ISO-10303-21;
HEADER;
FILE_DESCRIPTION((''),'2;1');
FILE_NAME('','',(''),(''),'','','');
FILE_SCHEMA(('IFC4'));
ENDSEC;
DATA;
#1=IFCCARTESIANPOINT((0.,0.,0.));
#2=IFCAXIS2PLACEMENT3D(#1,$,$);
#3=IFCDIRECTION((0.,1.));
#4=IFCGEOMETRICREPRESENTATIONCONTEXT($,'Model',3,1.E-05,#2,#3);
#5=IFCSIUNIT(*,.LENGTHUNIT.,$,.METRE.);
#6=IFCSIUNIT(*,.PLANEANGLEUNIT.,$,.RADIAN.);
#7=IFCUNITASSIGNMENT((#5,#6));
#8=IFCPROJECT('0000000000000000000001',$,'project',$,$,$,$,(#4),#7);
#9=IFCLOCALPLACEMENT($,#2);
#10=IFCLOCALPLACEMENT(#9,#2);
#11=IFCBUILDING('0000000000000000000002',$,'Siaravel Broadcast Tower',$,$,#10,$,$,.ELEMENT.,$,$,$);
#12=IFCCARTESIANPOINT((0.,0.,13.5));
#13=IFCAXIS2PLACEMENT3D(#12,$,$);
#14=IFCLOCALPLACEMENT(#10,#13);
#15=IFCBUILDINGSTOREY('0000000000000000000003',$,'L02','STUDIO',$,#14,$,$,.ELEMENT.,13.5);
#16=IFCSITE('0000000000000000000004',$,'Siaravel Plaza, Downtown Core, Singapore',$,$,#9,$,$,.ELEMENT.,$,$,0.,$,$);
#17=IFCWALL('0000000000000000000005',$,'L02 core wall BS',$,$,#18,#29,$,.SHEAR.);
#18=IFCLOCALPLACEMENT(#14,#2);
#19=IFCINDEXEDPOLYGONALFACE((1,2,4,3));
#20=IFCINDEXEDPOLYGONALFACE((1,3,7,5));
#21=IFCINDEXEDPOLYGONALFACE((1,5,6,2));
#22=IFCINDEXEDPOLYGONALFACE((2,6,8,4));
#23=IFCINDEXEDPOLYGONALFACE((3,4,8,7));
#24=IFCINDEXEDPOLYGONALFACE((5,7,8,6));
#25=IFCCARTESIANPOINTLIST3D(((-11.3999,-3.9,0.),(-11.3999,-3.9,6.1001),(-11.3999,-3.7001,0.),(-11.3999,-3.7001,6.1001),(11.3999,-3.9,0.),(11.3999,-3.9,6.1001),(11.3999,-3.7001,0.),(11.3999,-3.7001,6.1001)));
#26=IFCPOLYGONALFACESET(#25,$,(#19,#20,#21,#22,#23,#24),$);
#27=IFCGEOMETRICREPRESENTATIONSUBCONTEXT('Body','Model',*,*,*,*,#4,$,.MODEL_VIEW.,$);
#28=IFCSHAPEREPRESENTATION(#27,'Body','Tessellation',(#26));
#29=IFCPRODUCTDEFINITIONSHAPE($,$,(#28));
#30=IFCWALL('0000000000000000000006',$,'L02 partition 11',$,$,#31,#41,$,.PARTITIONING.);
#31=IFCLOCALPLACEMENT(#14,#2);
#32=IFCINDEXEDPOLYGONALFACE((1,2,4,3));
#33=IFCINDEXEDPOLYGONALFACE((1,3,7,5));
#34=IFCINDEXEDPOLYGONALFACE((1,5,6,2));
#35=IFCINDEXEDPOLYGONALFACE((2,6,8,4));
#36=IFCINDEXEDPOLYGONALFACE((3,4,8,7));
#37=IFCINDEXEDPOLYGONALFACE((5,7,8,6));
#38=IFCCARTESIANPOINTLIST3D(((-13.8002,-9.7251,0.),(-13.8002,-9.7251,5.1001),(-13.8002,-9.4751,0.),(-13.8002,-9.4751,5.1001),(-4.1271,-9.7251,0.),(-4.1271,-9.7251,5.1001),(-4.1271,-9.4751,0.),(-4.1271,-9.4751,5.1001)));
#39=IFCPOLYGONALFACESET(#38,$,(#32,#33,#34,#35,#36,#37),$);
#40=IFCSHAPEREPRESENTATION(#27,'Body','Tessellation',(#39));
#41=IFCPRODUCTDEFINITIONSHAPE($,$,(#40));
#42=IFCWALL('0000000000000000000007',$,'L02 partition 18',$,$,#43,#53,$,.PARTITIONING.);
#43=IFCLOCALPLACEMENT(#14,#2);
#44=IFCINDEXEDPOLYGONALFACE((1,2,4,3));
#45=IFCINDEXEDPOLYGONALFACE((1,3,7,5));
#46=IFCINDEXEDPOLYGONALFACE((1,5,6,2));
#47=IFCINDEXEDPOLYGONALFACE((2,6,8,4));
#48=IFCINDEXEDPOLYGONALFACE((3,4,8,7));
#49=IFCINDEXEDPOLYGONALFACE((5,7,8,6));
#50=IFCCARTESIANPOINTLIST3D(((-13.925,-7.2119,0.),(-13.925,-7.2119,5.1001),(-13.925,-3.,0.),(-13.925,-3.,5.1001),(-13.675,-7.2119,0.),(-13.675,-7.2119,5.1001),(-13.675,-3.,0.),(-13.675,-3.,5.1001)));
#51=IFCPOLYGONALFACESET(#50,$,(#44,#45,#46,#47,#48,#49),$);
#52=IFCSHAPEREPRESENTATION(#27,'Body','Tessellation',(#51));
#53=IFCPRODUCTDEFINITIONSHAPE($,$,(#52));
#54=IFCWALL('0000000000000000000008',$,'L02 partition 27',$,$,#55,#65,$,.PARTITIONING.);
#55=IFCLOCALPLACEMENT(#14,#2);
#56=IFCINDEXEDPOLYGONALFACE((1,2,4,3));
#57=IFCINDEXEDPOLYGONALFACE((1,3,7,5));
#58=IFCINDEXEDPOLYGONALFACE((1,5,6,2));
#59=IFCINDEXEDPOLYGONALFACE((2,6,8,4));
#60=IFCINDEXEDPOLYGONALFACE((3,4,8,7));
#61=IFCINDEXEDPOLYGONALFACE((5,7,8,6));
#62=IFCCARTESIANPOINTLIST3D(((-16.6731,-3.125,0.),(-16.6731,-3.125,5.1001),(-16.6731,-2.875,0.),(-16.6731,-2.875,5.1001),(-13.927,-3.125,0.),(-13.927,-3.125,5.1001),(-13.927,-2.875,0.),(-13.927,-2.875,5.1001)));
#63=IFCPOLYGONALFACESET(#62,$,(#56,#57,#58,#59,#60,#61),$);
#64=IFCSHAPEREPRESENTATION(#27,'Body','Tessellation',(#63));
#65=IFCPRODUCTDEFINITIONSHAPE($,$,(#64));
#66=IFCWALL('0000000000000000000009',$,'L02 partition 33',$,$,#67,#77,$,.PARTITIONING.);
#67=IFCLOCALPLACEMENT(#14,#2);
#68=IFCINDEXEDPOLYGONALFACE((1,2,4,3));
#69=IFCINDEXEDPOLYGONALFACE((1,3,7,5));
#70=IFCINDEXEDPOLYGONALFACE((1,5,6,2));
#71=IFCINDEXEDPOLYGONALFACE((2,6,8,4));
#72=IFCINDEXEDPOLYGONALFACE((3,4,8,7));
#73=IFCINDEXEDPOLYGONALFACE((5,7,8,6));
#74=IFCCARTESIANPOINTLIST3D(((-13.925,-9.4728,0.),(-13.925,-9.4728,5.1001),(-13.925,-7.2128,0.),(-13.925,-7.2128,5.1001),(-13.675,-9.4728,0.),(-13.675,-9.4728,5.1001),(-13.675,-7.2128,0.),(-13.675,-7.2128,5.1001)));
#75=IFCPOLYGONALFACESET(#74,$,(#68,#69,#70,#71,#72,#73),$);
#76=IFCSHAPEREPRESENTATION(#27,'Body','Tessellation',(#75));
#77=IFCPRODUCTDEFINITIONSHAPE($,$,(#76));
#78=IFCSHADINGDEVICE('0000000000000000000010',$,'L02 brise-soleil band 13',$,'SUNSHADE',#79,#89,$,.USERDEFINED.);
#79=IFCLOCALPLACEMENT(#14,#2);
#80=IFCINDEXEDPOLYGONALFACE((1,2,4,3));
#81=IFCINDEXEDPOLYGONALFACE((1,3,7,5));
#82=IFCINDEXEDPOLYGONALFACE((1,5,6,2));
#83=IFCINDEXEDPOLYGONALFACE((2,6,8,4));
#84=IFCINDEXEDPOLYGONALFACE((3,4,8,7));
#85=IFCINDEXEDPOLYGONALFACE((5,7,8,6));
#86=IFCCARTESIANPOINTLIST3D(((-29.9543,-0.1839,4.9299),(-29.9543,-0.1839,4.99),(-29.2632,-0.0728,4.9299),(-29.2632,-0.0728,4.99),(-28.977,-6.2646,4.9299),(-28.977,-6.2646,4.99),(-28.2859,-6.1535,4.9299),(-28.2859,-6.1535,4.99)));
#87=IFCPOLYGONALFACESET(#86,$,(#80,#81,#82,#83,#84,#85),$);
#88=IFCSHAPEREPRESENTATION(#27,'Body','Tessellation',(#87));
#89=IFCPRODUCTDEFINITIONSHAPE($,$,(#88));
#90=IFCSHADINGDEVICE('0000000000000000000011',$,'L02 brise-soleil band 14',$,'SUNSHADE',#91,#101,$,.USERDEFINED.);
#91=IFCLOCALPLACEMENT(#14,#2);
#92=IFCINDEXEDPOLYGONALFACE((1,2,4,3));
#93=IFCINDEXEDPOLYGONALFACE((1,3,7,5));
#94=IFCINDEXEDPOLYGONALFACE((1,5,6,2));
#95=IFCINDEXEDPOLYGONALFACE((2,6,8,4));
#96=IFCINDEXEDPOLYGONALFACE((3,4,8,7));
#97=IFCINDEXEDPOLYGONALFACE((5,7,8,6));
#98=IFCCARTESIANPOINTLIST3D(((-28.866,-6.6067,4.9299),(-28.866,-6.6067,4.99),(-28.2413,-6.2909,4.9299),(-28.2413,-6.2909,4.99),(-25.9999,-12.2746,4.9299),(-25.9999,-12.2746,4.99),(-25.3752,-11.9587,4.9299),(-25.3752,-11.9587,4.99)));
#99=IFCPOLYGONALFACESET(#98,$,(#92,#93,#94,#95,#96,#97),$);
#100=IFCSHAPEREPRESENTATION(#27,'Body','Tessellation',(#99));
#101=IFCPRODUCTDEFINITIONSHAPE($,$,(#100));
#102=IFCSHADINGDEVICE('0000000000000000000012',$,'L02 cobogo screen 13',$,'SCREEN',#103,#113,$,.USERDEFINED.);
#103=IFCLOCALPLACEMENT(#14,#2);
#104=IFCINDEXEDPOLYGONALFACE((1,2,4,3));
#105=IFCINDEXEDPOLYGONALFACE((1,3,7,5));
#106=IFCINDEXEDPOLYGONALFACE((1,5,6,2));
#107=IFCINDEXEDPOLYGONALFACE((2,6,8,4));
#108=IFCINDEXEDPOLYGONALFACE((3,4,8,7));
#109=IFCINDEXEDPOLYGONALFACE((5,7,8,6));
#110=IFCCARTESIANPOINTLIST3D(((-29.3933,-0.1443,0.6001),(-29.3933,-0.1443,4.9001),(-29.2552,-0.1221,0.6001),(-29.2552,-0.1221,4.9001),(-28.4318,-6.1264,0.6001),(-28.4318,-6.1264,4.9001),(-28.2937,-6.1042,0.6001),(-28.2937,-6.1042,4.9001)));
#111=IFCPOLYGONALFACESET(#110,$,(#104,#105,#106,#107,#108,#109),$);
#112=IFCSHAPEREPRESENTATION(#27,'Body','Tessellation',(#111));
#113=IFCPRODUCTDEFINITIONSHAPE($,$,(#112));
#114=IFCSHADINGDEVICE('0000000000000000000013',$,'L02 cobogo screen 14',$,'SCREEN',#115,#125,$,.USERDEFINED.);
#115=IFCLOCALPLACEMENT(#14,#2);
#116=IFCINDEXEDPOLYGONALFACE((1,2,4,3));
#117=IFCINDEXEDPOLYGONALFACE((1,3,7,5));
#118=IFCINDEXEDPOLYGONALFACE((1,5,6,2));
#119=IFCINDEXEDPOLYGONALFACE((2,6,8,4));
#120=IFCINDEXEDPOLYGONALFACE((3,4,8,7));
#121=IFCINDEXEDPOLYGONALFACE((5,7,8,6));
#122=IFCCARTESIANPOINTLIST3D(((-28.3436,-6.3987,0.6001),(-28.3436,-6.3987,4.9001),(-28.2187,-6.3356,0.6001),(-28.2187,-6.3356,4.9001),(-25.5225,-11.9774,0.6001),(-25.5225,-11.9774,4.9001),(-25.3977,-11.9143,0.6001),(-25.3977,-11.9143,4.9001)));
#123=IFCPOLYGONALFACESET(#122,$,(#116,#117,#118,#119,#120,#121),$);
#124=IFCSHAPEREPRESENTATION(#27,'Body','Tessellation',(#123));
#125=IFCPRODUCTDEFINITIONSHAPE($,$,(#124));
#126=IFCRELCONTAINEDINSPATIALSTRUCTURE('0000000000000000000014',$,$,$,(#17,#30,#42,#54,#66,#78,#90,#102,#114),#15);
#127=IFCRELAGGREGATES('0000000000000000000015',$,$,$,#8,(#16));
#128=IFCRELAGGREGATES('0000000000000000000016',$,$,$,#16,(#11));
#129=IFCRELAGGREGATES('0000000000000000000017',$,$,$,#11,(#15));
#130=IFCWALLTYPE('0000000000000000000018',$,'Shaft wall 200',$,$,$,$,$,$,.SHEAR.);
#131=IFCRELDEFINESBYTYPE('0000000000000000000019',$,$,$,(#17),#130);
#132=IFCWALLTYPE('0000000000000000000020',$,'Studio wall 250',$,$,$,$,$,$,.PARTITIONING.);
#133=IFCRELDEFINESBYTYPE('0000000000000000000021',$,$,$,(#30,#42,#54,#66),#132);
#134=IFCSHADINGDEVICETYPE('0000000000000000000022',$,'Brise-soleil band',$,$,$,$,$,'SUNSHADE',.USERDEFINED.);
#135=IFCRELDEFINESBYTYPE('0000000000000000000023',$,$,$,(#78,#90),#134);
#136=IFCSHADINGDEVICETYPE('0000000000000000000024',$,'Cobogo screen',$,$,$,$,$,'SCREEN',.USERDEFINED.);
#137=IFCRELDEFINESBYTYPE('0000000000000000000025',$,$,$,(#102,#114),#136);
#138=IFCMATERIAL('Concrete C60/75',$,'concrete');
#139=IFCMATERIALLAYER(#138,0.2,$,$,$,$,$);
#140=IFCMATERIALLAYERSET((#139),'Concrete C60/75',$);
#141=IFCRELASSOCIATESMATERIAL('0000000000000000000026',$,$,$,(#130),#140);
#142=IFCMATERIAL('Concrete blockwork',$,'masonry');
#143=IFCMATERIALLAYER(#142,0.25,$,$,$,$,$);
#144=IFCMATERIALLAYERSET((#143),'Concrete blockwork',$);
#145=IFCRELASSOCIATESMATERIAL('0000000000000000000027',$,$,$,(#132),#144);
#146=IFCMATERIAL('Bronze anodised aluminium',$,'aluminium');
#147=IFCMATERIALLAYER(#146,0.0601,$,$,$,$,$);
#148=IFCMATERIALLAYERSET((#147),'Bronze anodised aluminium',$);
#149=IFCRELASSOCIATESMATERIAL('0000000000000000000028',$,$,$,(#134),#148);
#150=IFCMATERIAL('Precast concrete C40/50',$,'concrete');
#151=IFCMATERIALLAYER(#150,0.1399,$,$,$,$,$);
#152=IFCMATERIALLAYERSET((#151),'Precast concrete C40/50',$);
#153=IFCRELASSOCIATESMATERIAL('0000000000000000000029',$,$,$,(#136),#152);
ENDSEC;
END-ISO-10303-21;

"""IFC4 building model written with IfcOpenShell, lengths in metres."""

from ifc_helpers import new_model, si_unit, direction, frame, frame_2d, origin, origin_2d, place, context, subcontext, project, spatial, rectangle, extrude, material, layer, layer_set, type_object, element, save


model = new_model("IFC4")

# Units and contexts
model_context = context("Model", 3, precision=1e-05, world=origin(), true_north=direction((0.0, 1.0)))
body_context = subcontext(model_context, "Body", "Model", "MODEL_VIEW")
ifc_project = project(units=[si_unit("LENGTHUNIT", "METRE"), si_unit("PLANEANGLEUNIT", "RADIAN")], contexts=[model_context])

# Site, building, storey
site_placement = place(None, origin())
site = spatial("IfcSite", under=ifc_project, at=site_placement, Name="Siaravel Plaza, Downtown Core, Singapore", CompositionType="ELEMENT", RefElevation=0.0)
building_placement = place(site_placement, origin())
building = spatial("IfcBuilding", under=site, at=building_placement, Name="Siaravel Broadcast Tower", CompositionType="ELEMENT")
storey_placement = place(building_placement, frame((0.0, 0.0, 13.5)))
storey = spatial("IfcBuildingStorey", under=building, at=storey_placement, Name="L02", Description="STUDIO", CompositionType="ELEMENT", Elevation=13.5)

# Shared definitions
ifc_material_1 = material(Name="Concrete C60/75", Category="concrete")

# Walls
ifc_layer_1 = layer(ifc_material_1, 0.2)
ifc_layer_set_1 = layer_set([ifc_layer_1], Name="Concrete C60/75")
wall_type_1 = type_object("IfcWallType", Name="Shaft wall 200", PredefinedType="SHEAR", material=ifc_layer_set_1)
wall_1_placement = place(storey_placement, frame((-11.3999, -3.8, 0.0), z_axis=(0.0, 0.0, 1.0), x_axis=(1.0, 0.0, 0.0)))
element("IfcWall", 1, at=wall_1_placement, inside=storey, type_object=wall_type_1, Name="L02 core wall BS", PredefinedType="SHEAR", context=body_context, shape_type="SweptSolid", body=[
    extrude(rectangle(XDim=22.7998, YDim=0.2, at=frame_2d((11.3999, 0.0))), origin(), (0.0, 0.0, 1.0), 6.1001),
])
ifc_material_2 = material(Name="Concrete blockwork", Category="masonry")
ifc_layer_2 = layer(ifc_material_2, 0.25)
ifc_layer_set_2 = layer_set([ifc_layer_2], Name="Concrete blockwork")
wall_type_2 = type_object("IfcWallType", Name="Studio wall 250", PredefinedType="PARTITIONING", material=ifc_layer_set_2)
wall_2_placement = place(storey_placement, frame((-13.8, -9.6001, 0.0), z_axis=(0.0, 0.0, 1.0), x_axis=(1.0, 0.0, 0.0)))
element("IfcWall", 2, at=wall_2_placement, inside=storey, type_object=wall_type_2, Name="L02 partition 11", PredefinedType="PARTITIONING", context=body_context, shape_type="SweptSolid", body=[
    extrude(rectangle(XDim=9.6731, YDim=0.25, at=frame_2d((4.8364, 0.0))), origin(), (0.0, 0.0, 1.0), 5.1001),
])
wall_3_placement = place(storey_placement, frame((-13.8, -3.0, 0.0), z_axis=(0.0, 0.0, 1.0), x_axis=(0.0, -1.0, 0.0)))
element("IfcWall", 3, at=wall_3_placement, inside=storey, type_object=wall_type_2, Name="L02 partition 18", PredefinedType="PARTITIONING", context=body_context, shape_type="SweptSolid", body=[
    extrude(rectangle(XDim=4.2119, YDim=0.25, at=frame_2d((2.106, 0.0))), origin(), (0.0, 0.0, 1.0), 5.1001),
])
wall_4_placement = place(storey_placement, frame((-16.6731, -3.0, 0.0), z_axis=(0.0, 0.0, 1.0), x_axis=(1.0, 0.0, 0.0)))
element("IfcWall", 4, at=wall_4_placement, inside=storey, type_object=wall_type_2, Name="L02 partition 27", PredefinedType="PARTITIONING", context=body_context, shape_type="SweptSolid", body=[
    extrude(rectangle(XDim=2.7461, YDim=0.25, at=frame_2d((1.373, 0.0))), origin(), (0.0, 0.0, 1.0), 5.1001),
])
wall_5_placement = place(storey_placement, frame((-13.8, -7.2129, 0.0), z_axis=(0.0, 0.0, 1.0), x_axis=(0.0, -1.0, 0.0)))
element("IfcWall", 5, at=wall_5_placement, inside=storey, type_object=wall_type_2, Name="L02 partition 33", PredefinedType="PARTITIONING", context=body_context, shape_type="SweptSolid", body=[
    extrude(rectangle(XDim=2.26, YDim=0.25, at=frame_2d((1.1299, 0.0))), origin(), (0.0, 0.0, 1.0), 5.1001),
])

# Shading devices
ifc_material_3 = material(Name="Bronze anodised aluminium", Category="aluminium")
ifc_layer_3 = layer(ifc_material_3, 0.0601)
ifc_layer_set_3 = layer_set([ifc_layer_3], Name="Bronze anodised aluminium")
shading_device_type_1 = type_object("IfcShadingDeviceType", Name="Brise-soleil band", ElementType="SUNSHADE", PredefinedType="USERDEFINED", material=ifc_layer_set_3)
shading_device_1_placement = place(storey_placement, frame((-29.1201, -3.1687, 4.9299), z_axis=(0.0, 0.0, 1.0), x_axis=(0.158685, -0.987329, 0.0)))
element("IfcShadingDevice", 6, at=shading_device_1_placement, inside=storey, type_object=shading_device_type_1, Name="L02 brise-soleil band 13", ObjectType="SUNSHADE", PredefinedType="USERDEFINED", context=body_context, shape_type="SweptSolid", body=[
    extrude(rectangle(XDim=6.1587, YDim=0.7, at=origin_2d()), origin(), (0.0, 0.0, 1.0), 0.0601),
])
shading_device_2_placement = place(storey_placement, frame((-27.1206, -9.2827, 4.9299), z_axis=(0.0, 0.0, 1.0), x_axis=(0.451262, -0.892391, 0.0)))
element("IfcShadingDevice", 7, at=shading_device_2_placement, inside=storey, type_object=shading_device_type_1, Name="L02 brise-soleil band 14", ObjectType="SUNSHADE", PredefinedType="USERDEFINED", context=body_context, shape_type="SweptSolid", body=[
    extrude(rectangle(XDim=6.3513, YDim=0.7, at=origin_2d()), origin(), (0.0, 0.0, 1.0), 0.0601),
])
ifc_material_4 = material(Name="Precast concrete C40/50", Category="concrete")
ifc_layer_4 = layer(ifc_material_4, 0.1399)
ifc_layer_set_4 = layer_set([ifc_layer_4], Name="Precast concrete C40/50")
shading_device_type_2 = type_object("IfcShadingDeviceType", Name="Cobogo screen", ElementType="SCREEN", PredefinedType="USERDEFINED", material=ifc_layer_set_4)
shading_device_3_placement = place(storey_placement, frame((-28.8435, -3.1243, 0.6001), z_axis=(0.0, 0.0, 1.0), x_axis=(0.158685, -0.987329, 0.0)))
element("IfcShadingDevice", 8, at=shading_device_3_placement, inside=storey, type_object=shading_device_type_2, Name="L02 cobogo screen 13", ObjectType="SCREEN", PredefinedType="USERDEFINED", context=body_context, shape_type="SweptSolid", body=[
    extrude(rectangle(XDim=6.0588, YDim=0.1399, at=origin_2d()), origin(), (0.0, 0.0, 1.0), 4.3),
])
shading_device_4_placement = place(storey_placement, frame((-26.8706, -9.1565, 0.6001), z_axis=(0.0, 0.0, 1.0), x_axis=(0.451262, -0.892391, 0.0)))
element("IfcShadingDevice", 9, at=shading_device_4_placement, inside=storey, type_object=shading_device_type_2, Name="L02 cobogo screen 14", ObjectType="SCREEN", PredefinedType="USERDEFINED", context=body_context, shape_type="SweptSolid", body=[
    extrude(rectangle(XDim=6.2515, YDim=0.1399, at=origin_2d()), origin(), (0.0, 0.0, 1.0), 4.3),
])

save(model, "model.ifc")
